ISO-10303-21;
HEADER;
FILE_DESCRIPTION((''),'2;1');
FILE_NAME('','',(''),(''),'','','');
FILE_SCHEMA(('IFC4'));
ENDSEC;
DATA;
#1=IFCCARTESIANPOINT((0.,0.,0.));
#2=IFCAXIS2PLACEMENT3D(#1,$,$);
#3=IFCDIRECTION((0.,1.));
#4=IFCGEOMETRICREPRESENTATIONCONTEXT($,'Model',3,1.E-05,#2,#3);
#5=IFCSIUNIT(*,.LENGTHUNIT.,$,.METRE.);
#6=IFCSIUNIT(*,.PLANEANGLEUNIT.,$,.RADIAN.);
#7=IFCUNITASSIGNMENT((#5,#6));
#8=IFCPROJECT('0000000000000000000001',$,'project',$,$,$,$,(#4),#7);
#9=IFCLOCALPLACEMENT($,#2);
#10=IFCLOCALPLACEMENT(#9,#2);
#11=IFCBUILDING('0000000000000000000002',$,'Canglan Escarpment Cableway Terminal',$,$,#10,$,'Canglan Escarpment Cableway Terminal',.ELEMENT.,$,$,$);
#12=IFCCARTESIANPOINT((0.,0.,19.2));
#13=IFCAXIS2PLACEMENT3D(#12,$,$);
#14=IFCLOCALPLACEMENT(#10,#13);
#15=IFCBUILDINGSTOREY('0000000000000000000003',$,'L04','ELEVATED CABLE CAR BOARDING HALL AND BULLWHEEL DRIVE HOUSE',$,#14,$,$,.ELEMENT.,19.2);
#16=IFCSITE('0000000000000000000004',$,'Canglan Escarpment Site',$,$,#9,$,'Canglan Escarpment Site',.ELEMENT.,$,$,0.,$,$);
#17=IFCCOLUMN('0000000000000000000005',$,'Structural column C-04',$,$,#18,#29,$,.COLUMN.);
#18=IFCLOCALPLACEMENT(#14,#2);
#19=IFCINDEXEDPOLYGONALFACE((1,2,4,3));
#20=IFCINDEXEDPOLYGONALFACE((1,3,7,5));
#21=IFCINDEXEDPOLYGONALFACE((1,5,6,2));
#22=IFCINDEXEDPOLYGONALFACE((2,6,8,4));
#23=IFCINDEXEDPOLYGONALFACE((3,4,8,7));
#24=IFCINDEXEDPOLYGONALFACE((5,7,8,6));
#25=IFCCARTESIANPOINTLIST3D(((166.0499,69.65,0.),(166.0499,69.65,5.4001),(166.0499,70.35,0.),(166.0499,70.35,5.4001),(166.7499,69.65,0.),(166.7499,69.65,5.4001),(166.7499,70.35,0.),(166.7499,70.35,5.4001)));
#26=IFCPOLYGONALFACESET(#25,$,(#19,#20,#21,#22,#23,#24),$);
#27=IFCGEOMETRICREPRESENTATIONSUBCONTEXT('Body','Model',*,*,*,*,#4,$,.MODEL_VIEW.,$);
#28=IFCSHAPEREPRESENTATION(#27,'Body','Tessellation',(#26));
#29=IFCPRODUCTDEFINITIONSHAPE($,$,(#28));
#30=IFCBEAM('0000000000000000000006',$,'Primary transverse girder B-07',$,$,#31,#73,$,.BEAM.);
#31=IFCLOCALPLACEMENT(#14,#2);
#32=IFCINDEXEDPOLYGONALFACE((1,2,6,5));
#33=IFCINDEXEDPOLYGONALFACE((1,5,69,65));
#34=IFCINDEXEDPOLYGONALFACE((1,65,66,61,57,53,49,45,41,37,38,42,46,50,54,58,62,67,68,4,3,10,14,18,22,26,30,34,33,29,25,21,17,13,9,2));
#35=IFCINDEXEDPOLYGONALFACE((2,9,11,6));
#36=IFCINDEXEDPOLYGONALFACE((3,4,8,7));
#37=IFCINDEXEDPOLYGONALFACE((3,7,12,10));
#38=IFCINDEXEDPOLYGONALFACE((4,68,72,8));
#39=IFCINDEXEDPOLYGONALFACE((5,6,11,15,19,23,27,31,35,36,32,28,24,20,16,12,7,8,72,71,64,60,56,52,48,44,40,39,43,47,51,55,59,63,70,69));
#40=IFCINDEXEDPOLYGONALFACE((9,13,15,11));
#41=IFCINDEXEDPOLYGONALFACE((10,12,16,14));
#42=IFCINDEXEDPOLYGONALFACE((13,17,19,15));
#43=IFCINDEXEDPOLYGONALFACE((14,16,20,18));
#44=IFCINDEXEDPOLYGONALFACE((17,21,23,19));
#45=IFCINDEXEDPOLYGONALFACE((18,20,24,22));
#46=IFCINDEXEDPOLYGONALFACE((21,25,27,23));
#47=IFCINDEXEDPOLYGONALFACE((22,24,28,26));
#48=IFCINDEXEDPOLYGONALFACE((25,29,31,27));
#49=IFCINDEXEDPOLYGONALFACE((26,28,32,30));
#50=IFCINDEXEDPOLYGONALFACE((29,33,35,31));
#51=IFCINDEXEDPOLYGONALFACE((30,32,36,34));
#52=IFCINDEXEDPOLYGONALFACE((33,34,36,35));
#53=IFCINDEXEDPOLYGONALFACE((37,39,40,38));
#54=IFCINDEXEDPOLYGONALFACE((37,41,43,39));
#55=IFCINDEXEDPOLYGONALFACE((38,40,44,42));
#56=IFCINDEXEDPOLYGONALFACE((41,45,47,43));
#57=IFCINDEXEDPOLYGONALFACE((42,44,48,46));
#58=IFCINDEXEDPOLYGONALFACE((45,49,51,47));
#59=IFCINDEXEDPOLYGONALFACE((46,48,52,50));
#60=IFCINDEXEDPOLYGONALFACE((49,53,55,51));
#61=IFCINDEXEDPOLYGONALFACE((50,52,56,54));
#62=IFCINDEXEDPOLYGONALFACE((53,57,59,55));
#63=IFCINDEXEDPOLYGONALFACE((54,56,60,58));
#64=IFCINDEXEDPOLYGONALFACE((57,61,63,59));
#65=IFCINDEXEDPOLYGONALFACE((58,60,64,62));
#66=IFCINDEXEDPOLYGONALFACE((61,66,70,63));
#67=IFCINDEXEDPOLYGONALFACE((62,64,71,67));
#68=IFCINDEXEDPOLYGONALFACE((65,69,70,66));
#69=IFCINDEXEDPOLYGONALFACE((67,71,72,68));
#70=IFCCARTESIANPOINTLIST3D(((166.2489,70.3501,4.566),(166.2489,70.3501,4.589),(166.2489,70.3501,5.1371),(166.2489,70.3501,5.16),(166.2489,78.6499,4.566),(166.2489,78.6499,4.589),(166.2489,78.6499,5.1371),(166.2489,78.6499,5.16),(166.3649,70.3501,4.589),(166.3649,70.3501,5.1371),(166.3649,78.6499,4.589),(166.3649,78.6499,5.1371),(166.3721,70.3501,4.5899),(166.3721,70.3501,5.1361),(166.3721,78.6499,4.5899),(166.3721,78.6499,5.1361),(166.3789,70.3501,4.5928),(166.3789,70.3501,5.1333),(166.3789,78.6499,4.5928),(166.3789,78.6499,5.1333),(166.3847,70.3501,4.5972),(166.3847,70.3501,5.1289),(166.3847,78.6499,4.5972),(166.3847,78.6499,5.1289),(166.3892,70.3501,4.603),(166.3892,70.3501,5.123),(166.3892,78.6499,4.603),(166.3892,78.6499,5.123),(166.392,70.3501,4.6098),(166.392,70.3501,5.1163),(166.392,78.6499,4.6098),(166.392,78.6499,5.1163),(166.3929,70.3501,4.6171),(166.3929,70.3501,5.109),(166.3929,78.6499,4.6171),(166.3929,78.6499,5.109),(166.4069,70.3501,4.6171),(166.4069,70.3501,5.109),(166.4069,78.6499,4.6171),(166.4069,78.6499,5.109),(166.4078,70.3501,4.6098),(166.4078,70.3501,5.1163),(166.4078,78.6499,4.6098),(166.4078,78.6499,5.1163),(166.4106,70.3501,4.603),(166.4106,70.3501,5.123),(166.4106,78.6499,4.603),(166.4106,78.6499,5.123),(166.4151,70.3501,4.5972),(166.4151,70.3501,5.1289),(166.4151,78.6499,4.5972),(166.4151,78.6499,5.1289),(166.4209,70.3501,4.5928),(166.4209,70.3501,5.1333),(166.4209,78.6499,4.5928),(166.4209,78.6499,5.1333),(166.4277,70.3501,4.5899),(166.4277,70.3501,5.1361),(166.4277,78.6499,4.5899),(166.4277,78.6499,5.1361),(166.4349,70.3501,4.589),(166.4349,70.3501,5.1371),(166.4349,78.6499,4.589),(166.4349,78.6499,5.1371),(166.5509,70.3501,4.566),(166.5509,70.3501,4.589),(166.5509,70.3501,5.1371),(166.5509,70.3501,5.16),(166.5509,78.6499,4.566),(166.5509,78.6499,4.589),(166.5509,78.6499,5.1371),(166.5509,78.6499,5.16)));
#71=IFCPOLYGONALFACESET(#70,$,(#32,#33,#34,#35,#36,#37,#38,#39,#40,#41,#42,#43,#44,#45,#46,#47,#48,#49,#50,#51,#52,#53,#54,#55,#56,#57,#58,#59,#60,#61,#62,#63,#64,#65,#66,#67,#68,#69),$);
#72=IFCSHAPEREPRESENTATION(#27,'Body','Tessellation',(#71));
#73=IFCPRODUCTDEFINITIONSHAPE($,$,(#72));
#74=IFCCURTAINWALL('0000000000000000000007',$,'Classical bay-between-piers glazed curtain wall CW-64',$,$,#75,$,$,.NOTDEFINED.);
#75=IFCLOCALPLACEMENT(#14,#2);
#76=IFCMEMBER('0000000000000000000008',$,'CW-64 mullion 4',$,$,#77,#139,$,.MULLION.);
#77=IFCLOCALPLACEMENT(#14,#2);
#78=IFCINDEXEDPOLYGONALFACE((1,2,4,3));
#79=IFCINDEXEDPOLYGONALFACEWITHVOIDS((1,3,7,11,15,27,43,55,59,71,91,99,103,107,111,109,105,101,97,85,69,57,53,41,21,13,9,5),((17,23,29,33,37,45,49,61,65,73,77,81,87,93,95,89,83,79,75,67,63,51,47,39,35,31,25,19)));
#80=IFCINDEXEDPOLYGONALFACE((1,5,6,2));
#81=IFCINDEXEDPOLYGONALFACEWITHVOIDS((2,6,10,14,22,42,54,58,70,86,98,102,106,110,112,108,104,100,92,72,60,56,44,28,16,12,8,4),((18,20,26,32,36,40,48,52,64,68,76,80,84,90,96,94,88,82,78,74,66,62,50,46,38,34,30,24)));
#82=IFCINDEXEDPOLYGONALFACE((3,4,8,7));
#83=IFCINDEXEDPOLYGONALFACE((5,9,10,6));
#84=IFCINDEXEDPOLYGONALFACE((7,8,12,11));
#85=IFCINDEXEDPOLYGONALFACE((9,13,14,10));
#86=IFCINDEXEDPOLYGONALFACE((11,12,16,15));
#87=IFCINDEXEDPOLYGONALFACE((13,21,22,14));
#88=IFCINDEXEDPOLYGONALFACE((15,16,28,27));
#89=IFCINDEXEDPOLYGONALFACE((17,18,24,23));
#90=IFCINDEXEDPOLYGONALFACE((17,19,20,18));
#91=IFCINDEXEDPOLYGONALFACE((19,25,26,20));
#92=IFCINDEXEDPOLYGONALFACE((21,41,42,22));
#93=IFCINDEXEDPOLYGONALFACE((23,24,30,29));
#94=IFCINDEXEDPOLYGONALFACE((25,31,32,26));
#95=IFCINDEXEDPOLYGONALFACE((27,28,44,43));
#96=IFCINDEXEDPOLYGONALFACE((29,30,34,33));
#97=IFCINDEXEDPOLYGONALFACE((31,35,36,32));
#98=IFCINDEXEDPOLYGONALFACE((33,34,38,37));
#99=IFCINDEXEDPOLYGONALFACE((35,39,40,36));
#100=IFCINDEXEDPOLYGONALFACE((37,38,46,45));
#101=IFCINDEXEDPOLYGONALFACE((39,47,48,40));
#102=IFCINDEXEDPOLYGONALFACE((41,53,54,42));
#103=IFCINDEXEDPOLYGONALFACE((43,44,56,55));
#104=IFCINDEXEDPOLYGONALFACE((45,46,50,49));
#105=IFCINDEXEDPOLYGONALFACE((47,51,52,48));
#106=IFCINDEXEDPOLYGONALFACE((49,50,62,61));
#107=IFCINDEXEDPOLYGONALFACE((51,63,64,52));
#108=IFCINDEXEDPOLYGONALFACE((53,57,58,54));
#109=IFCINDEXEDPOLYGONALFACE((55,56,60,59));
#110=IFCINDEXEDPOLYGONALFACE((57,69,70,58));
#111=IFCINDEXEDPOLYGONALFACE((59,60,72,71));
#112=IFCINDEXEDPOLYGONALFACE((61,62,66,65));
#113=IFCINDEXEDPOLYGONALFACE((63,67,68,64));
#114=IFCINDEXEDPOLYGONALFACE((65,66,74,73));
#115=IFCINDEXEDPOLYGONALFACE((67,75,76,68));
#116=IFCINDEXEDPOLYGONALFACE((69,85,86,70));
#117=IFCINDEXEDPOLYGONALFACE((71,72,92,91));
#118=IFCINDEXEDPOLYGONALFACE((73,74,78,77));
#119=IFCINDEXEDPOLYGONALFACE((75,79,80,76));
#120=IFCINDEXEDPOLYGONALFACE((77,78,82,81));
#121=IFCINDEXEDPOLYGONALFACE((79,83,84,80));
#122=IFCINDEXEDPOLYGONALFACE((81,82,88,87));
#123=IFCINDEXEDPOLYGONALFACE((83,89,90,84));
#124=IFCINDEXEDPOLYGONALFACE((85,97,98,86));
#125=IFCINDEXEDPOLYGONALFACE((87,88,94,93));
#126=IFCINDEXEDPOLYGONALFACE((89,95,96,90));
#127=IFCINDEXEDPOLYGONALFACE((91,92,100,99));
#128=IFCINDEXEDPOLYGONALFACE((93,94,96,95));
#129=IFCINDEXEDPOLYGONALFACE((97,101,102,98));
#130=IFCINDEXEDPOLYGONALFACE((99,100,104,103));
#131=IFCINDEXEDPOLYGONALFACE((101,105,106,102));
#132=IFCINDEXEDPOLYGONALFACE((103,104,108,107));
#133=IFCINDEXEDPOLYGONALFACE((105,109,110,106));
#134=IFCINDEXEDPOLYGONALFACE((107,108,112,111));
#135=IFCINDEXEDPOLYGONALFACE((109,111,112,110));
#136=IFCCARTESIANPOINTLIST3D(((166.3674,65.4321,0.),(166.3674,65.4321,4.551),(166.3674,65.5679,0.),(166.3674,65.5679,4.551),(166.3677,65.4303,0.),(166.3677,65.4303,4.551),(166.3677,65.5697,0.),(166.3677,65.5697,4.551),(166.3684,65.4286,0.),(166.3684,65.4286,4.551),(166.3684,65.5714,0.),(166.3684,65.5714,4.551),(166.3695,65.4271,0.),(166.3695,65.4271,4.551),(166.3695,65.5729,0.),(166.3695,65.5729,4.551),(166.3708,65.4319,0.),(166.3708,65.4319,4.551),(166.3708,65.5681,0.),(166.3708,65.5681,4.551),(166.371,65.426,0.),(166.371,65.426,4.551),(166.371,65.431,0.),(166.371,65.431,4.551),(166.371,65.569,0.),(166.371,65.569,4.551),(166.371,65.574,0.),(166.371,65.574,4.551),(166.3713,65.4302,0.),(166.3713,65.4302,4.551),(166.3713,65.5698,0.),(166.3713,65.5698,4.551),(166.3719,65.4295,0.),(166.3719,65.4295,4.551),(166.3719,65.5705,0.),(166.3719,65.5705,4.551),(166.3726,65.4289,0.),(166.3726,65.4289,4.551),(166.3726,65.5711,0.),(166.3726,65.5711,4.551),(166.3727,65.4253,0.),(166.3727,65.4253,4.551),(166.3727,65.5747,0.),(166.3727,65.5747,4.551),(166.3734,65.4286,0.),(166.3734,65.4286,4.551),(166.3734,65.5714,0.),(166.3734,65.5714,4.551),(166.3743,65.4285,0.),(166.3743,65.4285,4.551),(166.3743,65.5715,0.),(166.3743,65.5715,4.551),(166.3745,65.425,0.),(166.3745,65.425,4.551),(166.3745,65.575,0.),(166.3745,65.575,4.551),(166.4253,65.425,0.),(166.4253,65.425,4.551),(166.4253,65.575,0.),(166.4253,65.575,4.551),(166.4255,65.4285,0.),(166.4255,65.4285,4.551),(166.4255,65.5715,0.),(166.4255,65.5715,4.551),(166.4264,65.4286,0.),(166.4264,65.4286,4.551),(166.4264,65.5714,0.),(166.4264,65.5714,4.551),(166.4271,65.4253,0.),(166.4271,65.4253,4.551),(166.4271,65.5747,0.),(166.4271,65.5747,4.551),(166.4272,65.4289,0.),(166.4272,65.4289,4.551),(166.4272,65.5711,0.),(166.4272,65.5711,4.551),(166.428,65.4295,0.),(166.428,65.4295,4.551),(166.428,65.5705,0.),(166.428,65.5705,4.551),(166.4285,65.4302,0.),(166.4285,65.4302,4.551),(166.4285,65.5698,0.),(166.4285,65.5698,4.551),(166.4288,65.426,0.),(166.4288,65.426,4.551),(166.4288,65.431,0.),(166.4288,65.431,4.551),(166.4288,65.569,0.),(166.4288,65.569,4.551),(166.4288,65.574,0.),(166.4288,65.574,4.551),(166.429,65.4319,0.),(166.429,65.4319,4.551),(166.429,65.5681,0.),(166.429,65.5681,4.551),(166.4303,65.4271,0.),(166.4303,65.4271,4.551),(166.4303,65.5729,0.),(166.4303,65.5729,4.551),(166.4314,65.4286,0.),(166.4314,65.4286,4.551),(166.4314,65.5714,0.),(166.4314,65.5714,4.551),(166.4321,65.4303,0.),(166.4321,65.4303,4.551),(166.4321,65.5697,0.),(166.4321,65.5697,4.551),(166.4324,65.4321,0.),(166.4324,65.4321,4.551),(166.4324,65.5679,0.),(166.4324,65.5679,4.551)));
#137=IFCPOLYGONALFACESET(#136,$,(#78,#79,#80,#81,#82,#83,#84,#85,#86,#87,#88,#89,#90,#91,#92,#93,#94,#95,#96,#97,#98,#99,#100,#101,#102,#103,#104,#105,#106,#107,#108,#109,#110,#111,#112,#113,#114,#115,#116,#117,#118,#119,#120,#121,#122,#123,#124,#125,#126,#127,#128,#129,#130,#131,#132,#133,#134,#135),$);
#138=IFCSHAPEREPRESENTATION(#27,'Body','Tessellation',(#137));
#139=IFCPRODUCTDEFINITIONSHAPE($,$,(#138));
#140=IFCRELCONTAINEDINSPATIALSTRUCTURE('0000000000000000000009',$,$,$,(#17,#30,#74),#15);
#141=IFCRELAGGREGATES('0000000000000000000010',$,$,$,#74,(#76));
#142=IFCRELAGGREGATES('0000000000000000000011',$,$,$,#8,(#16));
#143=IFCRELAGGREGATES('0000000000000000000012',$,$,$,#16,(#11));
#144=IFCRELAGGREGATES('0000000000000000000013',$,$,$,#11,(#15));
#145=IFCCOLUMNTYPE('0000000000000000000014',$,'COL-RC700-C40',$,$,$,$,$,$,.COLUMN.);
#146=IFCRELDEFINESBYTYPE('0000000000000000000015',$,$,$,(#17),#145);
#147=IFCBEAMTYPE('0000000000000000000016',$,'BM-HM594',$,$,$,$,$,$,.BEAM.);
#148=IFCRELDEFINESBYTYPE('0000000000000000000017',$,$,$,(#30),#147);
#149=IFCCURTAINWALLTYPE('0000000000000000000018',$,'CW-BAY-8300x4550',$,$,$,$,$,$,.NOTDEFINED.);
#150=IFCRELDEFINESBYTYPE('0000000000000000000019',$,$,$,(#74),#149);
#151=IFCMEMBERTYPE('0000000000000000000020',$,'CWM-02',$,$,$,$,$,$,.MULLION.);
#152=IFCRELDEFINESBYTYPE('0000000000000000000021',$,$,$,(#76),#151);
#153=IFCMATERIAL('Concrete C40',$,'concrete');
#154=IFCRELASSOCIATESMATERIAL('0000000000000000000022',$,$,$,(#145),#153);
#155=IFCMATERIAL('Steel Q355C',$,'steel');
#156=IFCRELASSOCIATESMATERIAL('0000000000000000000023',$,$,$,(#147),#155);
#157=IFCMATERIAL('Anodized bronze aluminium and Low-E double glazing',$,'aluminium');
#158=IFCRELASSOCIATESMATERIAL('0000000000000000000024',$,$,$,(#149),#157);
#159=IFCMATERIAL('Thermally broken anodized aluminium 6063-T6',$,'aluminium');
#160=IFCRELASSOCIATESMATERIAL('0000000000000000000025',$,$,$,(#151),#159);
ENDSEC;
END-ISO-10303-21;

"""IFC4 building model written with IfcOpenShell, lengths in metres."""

from ifc_helpers import new_model, si_unit, direction, frame, origin, origin_2d, place, context, subcontext, project, spatial, rectangle, hollow_rectangle, i_section, extrude, material, material_profile, profile_set, type_object, element, aggregate, save


model = new_model("IFC4")

# Units and contexts
model_context = context("Model", 3, precision=1e-05, world=origin(), true_north=direction((0.0, 1.0)))
body_context = subcontext(model_context, "Body", "Model", "MODEL_VIEW")
ifc_project = project(units=[si_unit("LENGTHUNIT", "METRE"), si_unit("PLANEANGLEUNIT", "RADIAN")], contexts=[model_context])

# Site, building, storey
site_placement = place(None, origin())
site = spatial("IfcSite", under=ifc_project, at=site_placement, Name="Canglan Escarpment Site", LongName="Canglan Escarpment Site", CompositionType="ELEMENT", RefElevation=0.0)
building_placement = place(site_placement, origin())
building = spatial("IfcBuilding", under=site, at=building_placement, Name="Canglan Escarpment Cableway Terminal", LongName="Canglan Escarpment Cableway Terminal", CompositionType="ELEMENT")
storey_placement = place(building_placement, frame((0.0, 0.0, 19.2)))
storey = spatial("IfcBuildingStorey", under=building, at=storey_placement, Name="L04", Description="ELEVATED CABLE CAR BOARDING HALL AND BULLWHEEL DRIVE HOUSE", CompositionType="ELEMENT", Elevation=19.2)

# Column
ifc_material_1 = material(Name="Concrete C40", Category="concrete")
ifc_material_profile_1 = material_profile(ifc_material_1, rectangle(XDim=0.7, YDim=0.7, at=origin_2d()), Name="RC 700x700")
ifc_profile_set_1 = profile_set([ifc_material_profile_1], Name="Concrete C40")
column_type = type_object("IfcColumnType", Name="COL-RC700-C40", PredefinedType="COLUMN", material=ifc_profile_set_1)
column_placement = place(storey_placement, frame((166.3999, 70.0, 0.0), z_axis=(0.0, 0.0, 1.0), x_axis=(1.0, 0.0, 0.0)))
element("IfcColumn", 1, at=column_placement, inside=storey, type_object=column_type, Name="Structural column C-04", PredefinedType="COLUMN", context=body_context, shape_type="SweptSolid", body=[
    extrude(rectangle(XDim=0.7, YDim=0.7, at=origin_2d()), origin(), (0.0, 0.0, 1.0), 5.4001),
])

# Beam
ifc_material_2 = material(Name="Steel Q355C", Category="steel")
ifc_material_profile_2 = material_profile(ifc_material_2, i_section(OverallWidth=0.302, OverallDepth=0.594, WebThickness=0.0139, FlangeThickness=0.0229, FilletRadius=0.0281, at=origin_2d()), Name="HM 594x302x14x23")
ifc_profile_set_2 = profile_set([ifc_material_profile_2], Name="Steel Q355C")
beam_type = type_object("IfcBeamType", Name="BM-HM594", PredefinedType="BEAM", material=ifc_profile_set_2)
beam_placement = place(storey_placement, frame((166.3999, 70.3501, 4.863), z_axis=(0.0, 1.0, 0.0), x_axis=(-1.0, 0.0, 0.0)))
element("IfcBeam", 2, at=beam_placement, inside=storey, type_object=beam_type, Name="Primary transverse girder B-07", PredefinedType="BEAM", context=body_context, shape_type="SweptSolid", body=[
    extrude(i_section(OverallWidth=0.302, OverallDepth=0.594, WebThickness=0.0139, FlangeThickness=0.0229, FilletRadius=0.0281, at=origin_2d()), origin(), (0.0, 0.0, 1.0), 8.2998),
])

# Curtain wall, member
ifc_material_3 = material(Name="Anodized bronze aluminium and Low-E double glazing", Category="aluminium")
curtain_wall_type = type_object("IfcCurtainWallType", Name="CW-BAY-8300x4550", PredefinedType="NOTDEFINED", material=ifc_material_3)
curtain_wall_1_placement = place(storey_placement, origin())
curtain_wall_1 = element("IfcCurtainWall", 3, at=curtain_wall_1_placement, inside=storey, type_object=curtain_wall_type, Name="Classical bay-between-piers glazed curtain wall CW-64", PredefinedType="NOTDEFINED")
ifc_material_4 = material(Name="Thermally broken anodized aluminium 6063-T6", Category="aluminium")
ifc_material_profile_3 = material_profile(ifc_material_4, hollow_rectangle(XDim=0.0649, YDim=0.1499, WallThickness=0.0034, InnerFilletRadius=0.0034, OuterFilletRadius=0.0071, at=origin_2d()), Name="ALU-MULL 65x150x3.5")
ifc_profile_set_3 = profile_set([ifc_material_profile_3], Name="Thermally broken anodized aluminium 6063-T6")
member_type_1 = type_object("IfcMemberType", Name="CWM-02", PredefinedType="MULLION", material=ifc_profile_set_3)
member_1_placement = place(storey_placement, frame((166.3999, 65.5, 0.0), z_axis=(0.0, 0.0, 1.0), x_axis=(-1.0, 0.0, 0.0)))
member_1 = element("IfcMember", 4, at=member_1_placement, type_object=member_type_1, Name="CW-64 mullion 4", PredefinedType="MULLION", context=body_context, shape_type="SweptSolid", body=[
    extrude(hollow_rectangle(XDim=0.0649, YDim=0.1499, WallThickness=0.0034, InnerFilletRadius=0.0034, OuterFilletRadius=0.0071, at=origin_2d()), origin(), (0.0, 0.0, 1.0), 4.551),
])

aggregate(curtain_wall_1, [member_1])

save(model, "model.ifc")
